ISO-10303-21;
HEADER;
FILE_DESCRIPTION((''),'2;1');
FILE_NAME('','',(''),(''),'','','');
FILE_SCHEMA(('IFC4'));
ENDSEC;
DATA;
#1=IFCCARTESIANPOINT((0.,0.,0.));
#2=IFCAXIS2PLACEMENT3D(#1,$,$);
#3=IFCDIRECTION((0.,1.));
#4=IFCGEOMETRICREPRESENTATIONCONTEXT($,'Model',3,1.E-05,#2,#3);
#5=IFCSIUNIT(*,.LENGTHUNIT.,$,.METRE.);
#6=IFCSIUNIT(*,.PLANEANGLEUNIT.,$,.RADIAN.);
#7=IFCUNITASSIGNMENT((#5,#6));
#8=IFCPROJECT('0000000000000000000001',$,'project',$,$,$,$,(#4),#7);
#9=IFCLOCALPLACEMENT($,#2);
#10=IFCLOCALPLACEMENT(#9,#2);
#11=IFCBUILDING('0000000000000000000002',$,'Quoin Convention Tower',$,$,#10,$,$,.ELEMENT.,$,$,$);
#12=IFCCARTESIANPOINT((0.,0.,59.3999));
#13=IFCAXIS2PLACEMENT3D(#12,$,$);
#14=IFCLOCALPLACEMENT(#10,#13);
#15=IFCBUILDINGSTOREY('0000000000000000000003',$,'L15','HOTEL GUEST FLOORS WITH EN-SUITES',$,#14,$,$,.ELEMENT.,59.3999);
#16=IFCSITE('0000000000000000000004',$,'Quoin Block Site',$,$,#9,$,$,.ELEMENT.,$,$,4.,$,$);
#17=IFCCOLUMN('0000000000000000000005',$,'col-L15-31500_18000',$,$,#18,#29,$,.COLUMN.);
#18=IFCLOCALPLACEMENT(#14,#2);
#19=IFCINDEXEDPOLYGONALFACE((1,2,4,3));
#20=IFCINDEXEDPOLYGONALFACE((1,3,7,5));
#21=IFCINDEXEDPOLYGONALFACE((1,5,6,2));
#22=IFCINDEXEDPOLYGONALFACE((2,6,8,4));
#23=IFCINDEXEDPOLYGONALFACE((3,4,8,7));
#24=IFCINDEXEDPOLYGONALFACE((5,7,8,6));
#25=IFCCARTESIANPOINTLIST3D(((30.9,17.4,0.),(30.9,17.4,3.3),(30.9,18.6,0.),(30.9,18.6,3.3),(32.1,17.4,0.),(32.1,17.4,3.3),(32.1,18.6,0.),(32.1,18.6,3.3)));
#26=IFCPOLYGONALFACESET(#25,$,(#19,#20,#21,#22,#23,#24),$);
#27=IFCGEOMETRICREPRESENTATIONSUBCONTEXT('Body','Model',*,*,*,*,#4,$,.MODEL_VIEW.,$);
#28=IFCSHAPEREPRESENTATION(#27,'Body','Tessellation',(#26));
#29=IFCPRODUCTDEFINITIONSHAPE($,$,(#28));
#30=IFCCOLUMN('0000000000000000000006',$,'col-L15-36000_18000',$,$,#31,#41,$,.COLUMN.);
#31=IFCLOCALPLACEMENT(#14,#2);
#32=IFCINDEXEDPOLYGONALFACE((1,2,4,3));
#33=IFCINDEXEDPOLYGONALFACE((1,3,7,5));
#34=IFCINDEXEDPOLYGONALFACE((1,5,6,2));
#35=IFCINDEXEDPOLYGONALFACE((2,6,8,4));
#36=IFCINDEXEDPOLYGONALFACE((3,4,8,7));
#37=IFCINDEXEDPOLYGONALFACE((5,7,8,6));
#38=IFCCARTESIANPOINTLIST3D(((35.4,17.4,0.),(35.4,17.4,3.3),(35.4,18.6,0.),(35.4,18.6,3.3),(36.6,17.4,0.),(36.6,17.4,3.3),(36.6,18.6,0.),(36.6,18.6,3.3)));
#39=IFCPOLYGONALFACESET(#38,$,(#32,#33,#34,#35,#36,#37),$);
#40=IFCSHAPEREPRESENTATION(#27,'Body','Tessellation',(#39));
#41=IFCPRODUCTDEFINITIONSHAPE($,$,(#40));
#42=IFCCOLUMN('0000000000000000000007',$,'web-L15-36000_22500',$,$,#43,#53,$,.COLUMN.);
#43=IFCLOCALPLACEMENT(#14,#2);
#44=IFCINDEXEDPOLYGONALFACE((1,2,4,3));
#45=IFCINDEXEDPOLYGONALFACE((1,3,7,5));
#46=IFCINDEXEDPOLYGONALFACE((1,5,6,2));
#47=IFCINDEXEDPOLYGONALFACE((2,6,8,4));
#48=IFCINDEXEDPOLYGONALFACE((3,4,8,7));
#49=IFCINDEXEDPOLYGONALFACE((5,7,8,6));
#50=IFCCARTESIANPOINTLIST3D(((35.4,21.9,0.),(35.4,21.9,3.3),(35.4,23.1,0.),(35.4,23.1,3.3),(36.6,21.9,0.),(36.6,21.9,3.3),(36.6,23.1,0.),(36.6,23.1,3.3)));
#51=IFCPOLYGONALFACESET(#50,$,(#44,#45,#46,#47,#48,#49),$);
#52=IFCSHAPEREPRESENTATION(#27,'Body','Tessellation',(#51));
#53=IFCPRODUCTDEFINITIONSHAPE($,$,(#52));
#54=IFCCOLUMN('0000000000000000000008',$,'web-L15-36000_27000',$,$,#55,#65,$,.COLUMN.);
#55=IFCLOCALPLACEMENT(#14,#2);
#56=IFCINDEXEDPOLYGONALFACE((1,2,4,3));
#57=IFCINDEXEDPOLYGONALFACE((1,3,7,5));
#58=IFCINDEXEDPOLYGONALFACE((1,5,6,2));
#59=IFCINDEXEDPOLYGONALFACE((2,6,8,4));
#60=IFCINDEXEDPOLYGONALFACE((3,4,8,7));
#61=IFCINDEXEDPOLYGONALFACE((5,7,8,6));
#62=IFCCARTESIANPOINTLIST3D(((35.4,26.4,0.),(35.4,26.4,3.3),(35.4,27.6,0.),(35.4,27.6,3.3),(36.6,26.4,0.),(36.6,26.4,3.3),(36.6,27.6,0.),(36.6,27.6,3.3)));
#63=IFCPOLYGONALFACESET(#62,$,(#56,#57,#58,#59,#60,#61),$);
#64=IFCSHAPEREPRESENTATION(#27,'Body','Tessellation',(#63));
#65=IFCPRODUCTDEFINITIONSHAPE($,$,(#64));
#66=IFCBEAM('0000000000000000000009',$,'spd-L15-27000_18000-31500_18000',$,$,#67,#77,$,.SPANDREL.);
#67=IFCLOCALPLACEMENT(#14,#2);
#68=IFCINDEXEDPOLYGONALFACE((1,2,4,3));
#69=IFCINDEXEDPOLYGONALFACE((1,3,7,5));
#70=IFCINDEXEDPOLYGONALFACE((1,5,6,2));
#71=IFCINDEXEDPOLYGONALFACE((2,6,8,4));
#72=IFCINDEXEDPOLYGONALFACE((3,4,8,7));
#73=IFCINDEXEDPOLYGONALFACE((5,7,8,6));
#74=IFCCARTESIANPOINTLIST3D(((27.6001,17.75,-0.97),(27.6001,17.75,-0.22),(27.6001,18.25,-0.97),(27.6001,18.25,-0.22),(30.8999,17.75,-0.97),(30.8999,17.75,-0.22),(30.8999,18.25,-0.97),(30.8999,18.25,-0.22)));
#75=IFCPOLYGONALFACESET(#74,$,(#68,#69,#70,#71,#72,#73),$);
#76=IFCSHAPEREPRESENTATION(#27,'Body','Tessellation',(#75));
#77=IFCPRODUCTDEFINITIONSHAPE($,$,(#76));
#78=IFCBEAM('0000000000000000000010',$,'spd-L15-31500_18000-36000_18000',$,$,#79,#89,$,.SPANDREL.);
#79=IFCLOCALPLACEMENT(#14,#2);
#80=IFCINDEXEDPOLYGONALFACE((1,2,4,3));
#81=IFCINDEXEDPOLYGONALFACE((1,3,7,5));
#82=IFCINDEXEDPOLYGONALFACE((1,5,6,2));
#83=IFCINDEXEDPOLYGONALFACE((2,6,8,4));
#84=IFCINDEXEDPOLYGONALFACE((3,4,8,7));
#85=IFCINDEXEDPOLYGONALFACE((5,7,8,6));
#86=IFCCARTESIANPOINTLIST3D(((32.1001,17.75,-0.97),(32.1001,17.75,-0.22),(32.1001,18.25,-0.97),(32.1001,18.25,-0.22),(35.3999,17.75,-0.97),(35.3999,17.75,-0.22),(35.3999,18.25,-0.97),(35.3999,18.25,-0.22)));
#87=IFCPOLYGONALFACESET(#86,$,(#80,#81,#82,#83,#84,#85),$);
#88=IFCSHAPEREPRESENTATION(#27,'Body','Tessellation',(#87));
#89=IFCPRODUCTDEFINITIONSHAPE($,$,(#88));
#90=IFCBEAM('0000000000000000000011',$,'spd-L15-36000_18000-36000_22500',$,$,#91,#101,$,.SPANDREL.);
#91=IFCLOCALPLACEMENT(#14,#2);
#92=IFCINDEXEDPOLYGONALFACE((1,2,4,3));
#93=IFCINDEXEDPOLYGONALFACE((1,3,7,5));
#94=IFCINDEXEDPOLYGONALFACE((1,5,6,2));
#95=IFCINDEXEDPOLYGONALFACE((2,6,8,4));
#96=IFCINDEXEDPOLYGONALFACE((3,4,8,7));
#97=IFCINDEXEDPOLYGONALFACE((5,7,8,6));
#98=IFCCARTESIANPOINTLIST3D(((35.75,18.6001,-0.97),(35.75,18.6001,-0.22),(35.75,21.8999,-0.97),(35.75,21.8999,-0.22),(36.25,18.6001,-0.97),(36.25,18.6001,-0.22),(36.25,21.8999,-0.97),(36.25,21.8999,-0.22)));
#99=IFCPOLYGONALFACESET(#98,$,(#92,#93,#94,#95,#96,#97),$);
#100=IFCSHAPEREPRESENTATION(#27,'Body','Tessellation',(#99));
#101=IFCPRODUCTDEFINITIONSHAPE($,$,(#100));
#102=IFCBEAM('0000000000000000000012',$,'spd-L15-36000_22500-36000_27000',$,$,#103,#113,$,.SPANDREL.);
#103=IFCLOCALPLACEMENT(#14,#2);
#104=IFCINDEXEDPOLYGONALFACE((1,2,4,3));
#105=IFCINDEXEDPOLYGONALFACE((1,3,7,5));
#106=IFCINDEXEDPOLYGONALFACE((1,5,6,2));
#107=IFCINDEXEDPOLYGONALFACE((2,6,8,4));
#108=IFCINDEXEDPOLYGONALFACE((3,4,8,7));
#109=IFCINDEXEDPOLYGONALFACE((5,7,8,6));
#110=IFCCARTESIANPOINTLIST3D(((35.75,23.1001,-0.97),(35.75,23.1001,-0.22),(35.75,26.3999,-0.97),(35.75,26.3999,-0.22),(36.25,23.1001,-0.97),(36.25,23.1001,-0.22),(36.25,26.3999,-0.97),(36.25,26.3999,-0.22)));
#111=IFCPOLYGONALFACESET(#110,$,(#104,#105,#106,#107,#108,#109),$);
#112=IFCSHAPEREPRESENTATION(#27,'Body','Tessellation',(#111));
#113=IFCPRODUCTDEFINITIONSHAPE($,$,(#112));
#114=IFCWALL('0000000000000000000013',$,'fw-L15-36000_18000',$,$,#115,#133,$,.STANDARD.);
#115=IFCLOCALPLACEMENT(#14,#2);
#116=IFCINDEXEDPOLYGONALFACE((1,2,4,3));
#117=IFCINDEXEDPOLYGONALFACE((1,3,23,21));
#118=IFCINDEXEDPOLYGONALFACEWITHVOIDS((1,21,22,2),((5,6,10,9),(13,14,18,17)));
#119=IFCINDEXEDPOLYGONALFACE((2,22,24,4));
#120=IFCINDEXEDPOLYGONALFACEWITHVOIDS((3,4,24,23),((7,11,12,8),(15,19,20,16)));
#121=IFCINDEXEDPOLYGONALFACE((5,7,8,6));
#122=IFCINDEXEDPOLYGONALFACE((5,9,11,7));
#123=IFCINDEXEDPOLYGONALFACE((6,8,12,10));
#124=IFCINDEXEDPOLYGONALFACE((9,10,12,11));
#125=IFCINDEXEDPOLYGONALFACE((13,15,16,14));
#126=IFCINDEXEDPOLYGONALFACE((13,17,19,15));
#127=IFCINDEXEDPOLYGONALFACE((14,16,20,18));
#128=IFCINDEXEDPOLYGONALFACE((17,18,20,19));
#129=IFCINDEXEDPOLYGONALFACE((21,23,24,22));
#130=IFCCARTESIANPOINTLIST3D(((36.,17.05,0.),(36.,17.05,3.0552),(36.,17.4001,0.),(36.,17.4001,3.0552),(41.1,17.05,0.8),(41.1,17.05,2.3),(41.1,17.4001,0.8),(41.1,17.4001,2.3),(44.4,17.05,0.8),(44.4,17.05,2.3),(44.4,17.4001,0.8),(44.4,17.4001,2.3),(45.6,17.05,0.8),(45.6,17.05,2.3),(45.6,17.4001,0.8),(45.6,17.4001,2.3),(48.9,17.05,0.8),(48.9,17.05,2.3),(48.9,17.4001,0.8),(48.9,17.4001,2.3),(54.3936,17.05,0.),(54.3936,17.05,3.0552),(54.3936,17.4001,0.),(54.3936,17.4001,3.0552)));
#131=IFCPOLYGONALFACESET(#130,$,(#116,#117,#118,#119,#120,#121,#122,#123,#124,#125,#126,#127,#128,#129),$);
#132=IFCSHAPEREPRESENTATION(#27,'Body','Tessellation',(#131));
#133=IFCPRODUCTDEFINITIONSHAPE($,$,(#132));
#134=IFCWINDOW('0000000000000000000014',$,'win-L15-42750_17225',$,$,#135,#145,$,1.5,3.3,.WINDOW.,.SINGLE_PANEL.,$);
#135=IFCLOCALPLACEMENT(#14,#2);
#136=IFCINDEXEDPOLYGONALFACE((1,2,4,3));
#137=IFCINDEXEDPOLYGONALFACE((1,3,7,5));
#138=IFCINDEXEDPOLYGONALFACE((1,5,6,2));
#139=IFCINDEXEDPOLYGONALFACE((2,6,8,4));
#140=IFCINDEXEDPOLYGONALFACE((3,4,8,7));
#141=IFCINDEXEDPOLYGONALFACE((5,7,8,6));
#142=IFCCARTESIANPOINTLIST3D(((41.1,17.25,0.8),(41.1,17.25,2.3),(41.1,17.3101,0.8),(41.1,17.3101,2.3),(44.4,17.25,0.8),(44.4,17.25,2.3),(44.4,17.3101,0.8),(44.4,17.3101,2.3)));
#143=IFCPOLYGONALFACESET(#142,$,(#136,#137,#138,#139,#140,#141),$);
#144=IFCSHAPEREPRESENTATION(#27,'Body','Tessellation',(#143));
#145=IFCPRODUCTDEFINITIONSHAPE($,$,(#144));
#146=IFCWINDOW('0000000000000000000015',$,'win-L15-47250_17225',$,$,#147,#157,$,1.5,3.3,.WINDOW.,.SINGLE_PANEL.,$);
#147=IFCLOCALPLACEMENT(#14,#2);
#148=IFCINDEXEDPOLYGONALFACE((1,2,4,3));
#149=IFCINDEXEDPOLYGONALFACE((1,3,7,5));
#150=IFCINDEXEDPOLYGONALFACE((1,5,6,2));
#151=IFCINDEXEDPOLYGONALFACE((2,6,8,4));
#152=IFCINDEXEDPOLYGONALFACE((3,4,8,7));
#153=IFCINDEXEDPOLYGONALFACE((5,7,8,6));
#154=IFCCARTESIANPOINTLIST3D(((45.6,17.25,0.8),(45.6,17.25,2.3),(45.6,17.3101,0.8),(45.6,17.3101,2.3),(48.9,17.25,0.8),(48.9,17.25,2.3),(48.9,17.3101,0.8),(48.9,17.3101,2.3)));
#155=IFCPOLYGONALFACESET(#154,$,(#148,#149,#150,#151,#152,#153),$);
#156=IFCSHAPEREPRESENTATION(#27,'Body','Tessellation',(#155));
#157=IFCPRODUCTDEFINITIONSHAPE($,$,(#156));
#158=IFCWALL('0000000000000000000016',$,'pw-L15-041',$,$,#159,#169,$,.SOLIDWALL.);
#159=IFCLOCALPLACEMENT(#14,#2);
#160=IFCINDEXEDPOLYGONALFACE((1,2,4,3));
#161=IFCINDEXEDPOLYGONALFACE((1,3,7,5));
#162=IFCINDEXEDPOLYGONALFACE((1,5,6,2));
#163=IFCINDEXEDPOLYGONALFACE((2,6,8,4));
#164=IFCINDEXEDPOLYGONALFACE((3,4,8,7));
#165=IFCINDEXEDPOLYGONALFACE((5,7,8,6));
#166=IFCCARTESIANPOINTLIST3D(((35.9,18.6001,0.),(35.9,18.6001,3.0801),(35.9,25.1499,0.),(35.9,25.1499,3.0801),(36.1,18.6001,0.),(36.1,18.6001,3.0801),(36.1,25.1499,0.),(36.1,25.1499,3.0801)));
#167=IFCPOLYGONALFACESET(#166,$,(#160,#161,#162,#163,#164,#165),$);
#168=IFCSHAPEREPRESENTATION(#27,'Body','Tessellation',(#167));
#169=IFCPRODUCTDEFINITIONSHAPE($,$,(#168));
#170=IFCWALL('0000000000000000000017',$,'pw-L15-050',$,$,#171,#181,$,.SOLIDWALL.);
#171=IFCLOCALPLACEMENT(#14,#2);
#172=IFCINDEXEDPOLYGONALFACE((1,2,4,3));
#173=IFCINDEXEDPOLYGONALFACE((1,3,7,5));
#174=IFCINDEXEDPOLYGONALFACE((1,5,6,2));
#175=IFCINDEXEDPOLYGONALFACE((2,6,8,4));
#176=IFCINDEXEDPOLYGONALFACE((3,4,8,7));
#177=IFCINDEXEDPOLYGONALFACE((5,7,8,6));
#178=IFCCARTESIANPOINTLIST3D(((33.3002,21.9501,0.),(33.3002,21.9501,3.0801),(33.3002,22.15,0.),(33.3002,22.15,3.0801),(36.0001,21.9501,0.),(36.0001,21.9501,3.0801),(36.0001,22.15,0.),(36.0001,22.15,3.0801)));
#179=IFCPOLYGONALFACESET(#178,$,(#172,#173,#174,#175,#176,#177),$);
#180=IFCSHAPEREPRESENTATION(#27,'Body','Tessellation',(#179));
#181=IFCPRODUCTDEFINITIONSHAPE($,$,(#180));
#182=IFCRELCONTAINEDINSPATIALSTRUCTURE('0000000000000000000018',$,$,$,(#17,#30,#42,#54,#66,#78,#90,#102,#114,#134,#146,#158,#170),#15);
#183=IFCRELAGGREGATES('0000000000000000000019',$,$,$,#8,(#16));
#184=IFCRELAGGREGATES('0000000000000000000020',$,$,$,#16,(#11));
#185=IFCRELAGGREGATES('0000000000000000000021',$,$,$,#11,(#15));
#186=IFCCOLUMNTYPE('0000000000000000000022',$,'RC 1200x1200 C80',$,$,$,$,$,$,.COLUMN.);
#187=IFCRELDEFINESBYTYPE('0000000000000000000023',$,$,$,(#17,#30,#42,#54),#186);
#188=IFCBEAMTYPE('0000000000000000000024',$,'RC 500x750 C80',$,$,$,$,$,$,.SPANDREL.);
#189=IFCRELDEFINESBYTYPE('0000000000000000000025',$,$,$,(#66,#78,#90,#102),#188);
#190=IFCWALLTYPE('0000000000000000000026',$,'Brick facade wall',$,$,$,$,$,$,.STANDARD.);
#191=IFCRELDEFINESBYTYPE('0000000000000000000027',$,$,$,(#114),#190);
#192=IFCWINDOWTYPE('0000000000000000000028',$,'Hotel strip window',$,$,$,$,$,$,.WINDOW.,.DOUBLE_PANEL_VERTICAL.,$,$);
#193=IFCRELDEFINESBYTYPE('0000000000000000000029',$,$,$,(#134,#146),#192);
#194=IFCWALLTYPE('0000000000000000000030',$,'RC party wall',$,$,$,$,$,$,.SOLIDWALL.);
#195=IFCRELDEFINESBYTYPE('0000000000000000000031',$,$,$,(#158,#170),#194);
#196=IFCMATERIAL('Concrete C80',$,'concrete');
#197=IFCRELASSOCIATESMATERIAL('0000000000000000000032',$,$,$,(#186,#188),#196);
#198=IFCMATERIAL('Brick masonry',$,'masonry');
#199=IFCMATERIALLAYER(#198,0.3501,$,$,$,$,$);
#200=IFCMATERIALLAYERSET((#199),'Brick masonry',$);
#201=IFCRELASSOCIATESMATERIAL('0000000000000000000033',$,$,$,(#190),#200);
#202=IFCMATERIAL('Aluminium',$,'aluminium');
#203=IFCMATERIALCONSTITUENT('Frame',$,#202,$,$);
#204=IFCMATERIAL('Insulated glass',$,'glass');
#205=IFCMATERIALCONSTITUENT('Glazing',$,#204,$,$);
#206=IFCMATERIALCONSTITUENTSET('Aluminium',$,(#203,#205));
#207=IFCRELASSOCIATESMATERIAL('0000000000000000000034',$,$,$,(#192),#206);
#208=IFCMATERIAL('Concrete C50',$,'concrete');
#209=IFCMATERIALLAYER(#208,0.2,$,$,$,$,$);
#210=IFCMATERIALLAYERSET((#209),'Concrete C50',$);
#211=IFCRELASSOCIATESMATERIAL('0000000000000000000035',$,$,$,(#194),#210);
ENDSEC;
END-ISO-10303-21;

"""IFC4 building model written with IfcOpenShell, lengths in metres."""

from ifc_helpers import new_model, si_unit, direction, frame, frame_2d, origin, origin_2d, place, context, subcontext, project, spatial, rectangle, extrude, material, layer, layer_set, constituent, constituent_set, material_profile, profile_set, type_object, element, fill, save


model = new_model("IFC4")

# Units and contexts
model_context = context("Model", 3, precision=1e-05, world=origin(), true_north=direction((0.0, 1.0)))
body_context = subcontext(model_context, "Body", "Model", "MODEL_VIEW")
ifc_project = project(units=[si_unit("LENGTHUNIT", "METRE"), si_unit("PLANEANGLEUNIT", "RADIAN")], contexts=[model_context])

# Site, building, storey
site_placement = place(None, origin())
site = spatial("IfcSite", under=ifc_project, at=site_placement, Name="Quoin Block Site", CompositionType="ELEMENT", RefElevation=4.0)
building_placement = place(site_placement, origin())
building = spatial("IfcBuilding", under=site, at=building_placement, Name="Quoin Convention Tower", CompositionType="ELEMENT")
storey_placement = place(building_placement, frame((0.0, 0.0, 59.3999)))
storey = spatial("IfcBuildingStorey", under=building, at=storey_placement, Name="L15", Description="HOTEL GUEST FLOORS WITH EN-SUITES", CompositionType="ELEMENT", Elevation=59.3999)

# Columns
ifc_material_1 = material(Name="Concrete C80", Category="concrete")
ifc_material_profile_1 = material_profile(ifc_material_1, rectangle(XDim=1.2, YDim=1.2, at=origin_2d()), Name="RC 1200x1200")
ifc_profile_set_1 = profile_set([ifc_material_profile_1], Name="Concrete C80")
column_type = type_object("IfcColumnType", Name="RC 1200x1200 C80", PredefinedType="COLUMN", material=ifc_profile_set_1)
for number, where, z_axis, x_axis, name in (
    (1, (31.5, 18.0, 0.0), (0.0, 0.0, 1.0), (1.0, 0.0, 0.0), "col-L15-31500_18000"),
    (2, (36.0, 18.0, 0.0), (0.0, 0.0, 1.0), (1.0, 0.0, 0.0), "col-L15-36000_18000"),
    (3, (36.0, 22.5, 0.0), (0.0, 0.0, 1.0), (1.0, 0.0, 0.0), "web-L15-36000_22500"),
    (4, (36.0, 27.0, 0.0), (0.0, 0.0, 1.0), (1.0, 0.0, 0.0), "web-L15-36000_27000"),
):
    element("IfcColumn", number, at=place(storey_placement, frame(where, z_axis=z_axis, x_axis=x_axis)), inside=storey, type_object=column_type, Name=name, PredefinedType="COLUMN", context=body_context, shape_type="SweptSolid", body=[
        extrude(rectangle(XDim=1.2, YDim=1.2, at=origin_2d()), origin(), (0.0, 0.0, 1.0), 3.3),
    ])

# Beams
ifc_material_profile_2 = material_profile(ifc_material_1, rectangle(XDim=0.5, YDim=0.75, at=origin_2d()), Name="RC 500x750")
ifc_profile_set_2 = profile_set([ifc_material_profile_2], Name="Concrete C80")
beam_type = type_object("IfcBeamType", Name="RC 500x750 C80", PredefinedType="SPANDREL", material=ifc_profile_set_2)
for number, where, z_axis, x_axis, name in (
    (5, (27.6001, 18.0, -0.595), (1.0, 0.0, 0.0), (0.0, 1.0, 0.0), "spd-L15-27000_18000-31500_18000"),
    (6, (32.1001, 18.0, -0.595), (1.0, 0.0, 0.0), (0.0, 1.0, 0.0), "spd-L15-31500_18000-36000_18000"),
    (7, (36.0, 18.6001, -0.595), (0.0, 1.0, 0.0), (-1.0, 0.0, 0.0), "spd-L15-36000_18000-36000_22500"),
    (8, (36.0, 23.1001, -0.595), (0.0, 1.0, 0.0), (-1.0, 0.0, 0.0), "spd-L15-36000_22500-36000_27000"),
):
    element("IfcBeam", number, at=place(storey_placement, frame(where, z_axis=z_axis, x_axis=x_axis)), inside=storey, type_object=beam_type, Name=name, PredefinedType="SPANDREL", context=body_context, shape_type="SweptSolid", body=[
        extrude(rectangle(XDim=0.5, YDim=0.75, at=origin_2d()), origin(), (0.0, 0.0, 1.0), 3.2998),
    ])

# Wall, openings, windows
ifc_material_2 = material(Name="Brick masonry", Category="masonry")
ifc_layer_1 = layer(ifc_material_2, 0.3501)
ifc_layer_set_1 = layer_set([ifc_layer_1], Name="Brick masonry")
wall_type_1 = type_object("IfcWallType", Name="Brick facade wall", PredefinedType="STANDARD", material=ifc_layer_set_1)
wall_1_placement = place(storey_placement, frame((36.0, 17.2251, 0.0), z_axis=(0.0, 0.0, 1.0), x_axis=(1.0, 0.0, 0.0)))
wall_1 = element("IfcWall", 9, at=wall_1_placement, inside=storey, type_object=wall_type_1, Name="fw-L15-36000_18000", PredefinedType="STANDARD", context=body_context, shape_type="SweptSolid", body=[
    extrude(rectangle(XDim=18.3936, YDim=0.3501, at=frame_2d((9.1968, 0.0))), origin(), (0.0, 0.0, 1.0), 3.0552),
])
opening_1_placement = place(wall_1_placement, frame((5.1001, 0.0, 0.8)))
opening_1 = element("IfcOpeningElement", 10, at=opening_1_placement, cuts=wall_1, PredefinedType="OPENING", context=body_context, shape_type="SweptSolid", body=[
    extrude(rectangle(XDim=3.3, YDim=1.5, at=frame_2d((1.6499, 0.75))), frame((0.0, 0.1851, 0.0), z_axis=(0.0, -1.0, 0.0), x_axis=(1.0, 0.0, 0.0)), (0.0, 0.0, 1.0), 0.3701),
])
opening_2_placement = place(wall_1_placement, frame((9.6001, 0.0, 0.8)))
opening_2 = element("IfcOpeningElement", 11, at=opening_2_placement, cuts=wall_1, PredefinedType="OPENING", context=body_context, shape_type="SweptSolid", body=[
    extrude(rectangle(XDim=3.3, YDim=1.5, at=frame_2d((1.6499, 0.75))), frame((0.0, 0.1851, 0.0), z_axis=(0.0, -1.0, 0.0), x_axis=(1.0, 0.0, 0.0)), (0.0, 0.0, 1.0), 0.3701),
])
ifc_material_3 = material(Name="Aluminium", Category="aluminium")
ifc_constituent_1 = constituent(ifc_material_3, Name="Frame")
ifc_material_4 = material(Name="Insulated glass", Category="glass")
ifc_constituent_2 = constituent(ifc_material_4, Name="Glazing")
ifc_constituent_set = constituent_set(constituents=[ifc_constituent_1, ifc_constituent_2], Name="Aluminium")
window_type = type_object("IfcWindowType", Name="Hotel strip window", PartitioningType="DOUBLE_PANEL_VERTICAL", PredefinedType="WINDOW", material=ifc_constituent_set)
window_1_placement = place(opening_1_placement, origin())
window_1 = element("IfcWindow", 12, at=window_1_placement, inside=storey, type_object=window_type, Name="win-L15-42750_17225", OverallHeight=1.5, OverallWidth=3.3, PartitioningType="SINGLE_PANEL", PredefinedType="WINDOW", context=body_context, shape_type="SweptSolid", body=[
    extrude(rectangle(XDim=3.3, YDim=1.5, at=frame_2d((1.6499, 0.75))), frame((0.0, 0.085, 0.0), z_axis=(0.0, -1.0, 0.0), x_axis=(1.0, 0.0, 0.0)), (0.0, 0.0, 1.0), 0.0601),
])
fill(opening_1, window_1)
window_2_placement = place(opening_2_placement, origin())
window_2 = element("IfcWindow", 13, at=window_2_placement, inside=storey, type_object=window_type, Name="win-L15-47250_17225", OverallHeight=1.5, OverallWidth=3.3, PartitioningType="SINGLE_PANEL", PredefinedType="WINDOW", context=body_context, shape_type="SweptSolid", body=[
    extrude(rectangle(XDim=3.3, YDim=1.5, at=frame_2d((1.6499, 0.75))), frame((0.0, 0.085, 0.0), z_axis=(0.0, -1.0, 0.0), x_axis=(1.0, 0.0, 0.0)), (0.0, 0.0, 1.0), 0.0601),
])
fill(opening_2, window_2)

# Walls
ifc_material_5 = material(Name="Concrete C50", Category="concrete")
ifc_layer_2 = layer(ifc_material_5, 0.2)
ifc_layer_set_2 = layer_set([ifc_layer_2], Name="Concrete C50")
wall_type_2 = type_object("IfcWallType", Name="RC party wall", PredefinedType="SOLIDWALL", material=ifc_layer_set_2)
wall_2_placement = place(storey_placement, frame((36.0, 18.6001, 0.0), z_axis=(0.0, 0.0, 1.0), x_axis=(0.0, 1.0, 0.0)))
element("IfcWall", 14, at=wall_2_placement, inside=storey, type_object=wall_type_2, Name="pw-L15-041", PredefinedType="SOLIDWALL", context=body_context, shape_type="SweptSolid", body=[
    extrude(rectangle(XDim=6.5498, YDim=0.2, at=frame_2d((3.2749, 0.0))), origin(), (0.0, 0.0, 1.0), 3.0801),
])
wall_3_placement = place(storey_placement, frame((33.3, 22.05, 0.0), z_axis=(0.0, 0.0, 1.0), x_axis=(1.0, 0.0, 0.0)))
element("IfcWall", 15, at=wall_3_placement, inside=storey, type_object=wall_type_2, Name="pw-L15-050", PredefinedType="SOLIDWALL", context=body_context, shape_type="SweptSolid", body=[
    extrude(rectangle(XDim=2.7, YDim=0.2, at=frame_2d((1.3501, 0.0))), origin(), (0.0, 0.0, 1.0), 3.0801),
])

save(model, "model.ifc")
